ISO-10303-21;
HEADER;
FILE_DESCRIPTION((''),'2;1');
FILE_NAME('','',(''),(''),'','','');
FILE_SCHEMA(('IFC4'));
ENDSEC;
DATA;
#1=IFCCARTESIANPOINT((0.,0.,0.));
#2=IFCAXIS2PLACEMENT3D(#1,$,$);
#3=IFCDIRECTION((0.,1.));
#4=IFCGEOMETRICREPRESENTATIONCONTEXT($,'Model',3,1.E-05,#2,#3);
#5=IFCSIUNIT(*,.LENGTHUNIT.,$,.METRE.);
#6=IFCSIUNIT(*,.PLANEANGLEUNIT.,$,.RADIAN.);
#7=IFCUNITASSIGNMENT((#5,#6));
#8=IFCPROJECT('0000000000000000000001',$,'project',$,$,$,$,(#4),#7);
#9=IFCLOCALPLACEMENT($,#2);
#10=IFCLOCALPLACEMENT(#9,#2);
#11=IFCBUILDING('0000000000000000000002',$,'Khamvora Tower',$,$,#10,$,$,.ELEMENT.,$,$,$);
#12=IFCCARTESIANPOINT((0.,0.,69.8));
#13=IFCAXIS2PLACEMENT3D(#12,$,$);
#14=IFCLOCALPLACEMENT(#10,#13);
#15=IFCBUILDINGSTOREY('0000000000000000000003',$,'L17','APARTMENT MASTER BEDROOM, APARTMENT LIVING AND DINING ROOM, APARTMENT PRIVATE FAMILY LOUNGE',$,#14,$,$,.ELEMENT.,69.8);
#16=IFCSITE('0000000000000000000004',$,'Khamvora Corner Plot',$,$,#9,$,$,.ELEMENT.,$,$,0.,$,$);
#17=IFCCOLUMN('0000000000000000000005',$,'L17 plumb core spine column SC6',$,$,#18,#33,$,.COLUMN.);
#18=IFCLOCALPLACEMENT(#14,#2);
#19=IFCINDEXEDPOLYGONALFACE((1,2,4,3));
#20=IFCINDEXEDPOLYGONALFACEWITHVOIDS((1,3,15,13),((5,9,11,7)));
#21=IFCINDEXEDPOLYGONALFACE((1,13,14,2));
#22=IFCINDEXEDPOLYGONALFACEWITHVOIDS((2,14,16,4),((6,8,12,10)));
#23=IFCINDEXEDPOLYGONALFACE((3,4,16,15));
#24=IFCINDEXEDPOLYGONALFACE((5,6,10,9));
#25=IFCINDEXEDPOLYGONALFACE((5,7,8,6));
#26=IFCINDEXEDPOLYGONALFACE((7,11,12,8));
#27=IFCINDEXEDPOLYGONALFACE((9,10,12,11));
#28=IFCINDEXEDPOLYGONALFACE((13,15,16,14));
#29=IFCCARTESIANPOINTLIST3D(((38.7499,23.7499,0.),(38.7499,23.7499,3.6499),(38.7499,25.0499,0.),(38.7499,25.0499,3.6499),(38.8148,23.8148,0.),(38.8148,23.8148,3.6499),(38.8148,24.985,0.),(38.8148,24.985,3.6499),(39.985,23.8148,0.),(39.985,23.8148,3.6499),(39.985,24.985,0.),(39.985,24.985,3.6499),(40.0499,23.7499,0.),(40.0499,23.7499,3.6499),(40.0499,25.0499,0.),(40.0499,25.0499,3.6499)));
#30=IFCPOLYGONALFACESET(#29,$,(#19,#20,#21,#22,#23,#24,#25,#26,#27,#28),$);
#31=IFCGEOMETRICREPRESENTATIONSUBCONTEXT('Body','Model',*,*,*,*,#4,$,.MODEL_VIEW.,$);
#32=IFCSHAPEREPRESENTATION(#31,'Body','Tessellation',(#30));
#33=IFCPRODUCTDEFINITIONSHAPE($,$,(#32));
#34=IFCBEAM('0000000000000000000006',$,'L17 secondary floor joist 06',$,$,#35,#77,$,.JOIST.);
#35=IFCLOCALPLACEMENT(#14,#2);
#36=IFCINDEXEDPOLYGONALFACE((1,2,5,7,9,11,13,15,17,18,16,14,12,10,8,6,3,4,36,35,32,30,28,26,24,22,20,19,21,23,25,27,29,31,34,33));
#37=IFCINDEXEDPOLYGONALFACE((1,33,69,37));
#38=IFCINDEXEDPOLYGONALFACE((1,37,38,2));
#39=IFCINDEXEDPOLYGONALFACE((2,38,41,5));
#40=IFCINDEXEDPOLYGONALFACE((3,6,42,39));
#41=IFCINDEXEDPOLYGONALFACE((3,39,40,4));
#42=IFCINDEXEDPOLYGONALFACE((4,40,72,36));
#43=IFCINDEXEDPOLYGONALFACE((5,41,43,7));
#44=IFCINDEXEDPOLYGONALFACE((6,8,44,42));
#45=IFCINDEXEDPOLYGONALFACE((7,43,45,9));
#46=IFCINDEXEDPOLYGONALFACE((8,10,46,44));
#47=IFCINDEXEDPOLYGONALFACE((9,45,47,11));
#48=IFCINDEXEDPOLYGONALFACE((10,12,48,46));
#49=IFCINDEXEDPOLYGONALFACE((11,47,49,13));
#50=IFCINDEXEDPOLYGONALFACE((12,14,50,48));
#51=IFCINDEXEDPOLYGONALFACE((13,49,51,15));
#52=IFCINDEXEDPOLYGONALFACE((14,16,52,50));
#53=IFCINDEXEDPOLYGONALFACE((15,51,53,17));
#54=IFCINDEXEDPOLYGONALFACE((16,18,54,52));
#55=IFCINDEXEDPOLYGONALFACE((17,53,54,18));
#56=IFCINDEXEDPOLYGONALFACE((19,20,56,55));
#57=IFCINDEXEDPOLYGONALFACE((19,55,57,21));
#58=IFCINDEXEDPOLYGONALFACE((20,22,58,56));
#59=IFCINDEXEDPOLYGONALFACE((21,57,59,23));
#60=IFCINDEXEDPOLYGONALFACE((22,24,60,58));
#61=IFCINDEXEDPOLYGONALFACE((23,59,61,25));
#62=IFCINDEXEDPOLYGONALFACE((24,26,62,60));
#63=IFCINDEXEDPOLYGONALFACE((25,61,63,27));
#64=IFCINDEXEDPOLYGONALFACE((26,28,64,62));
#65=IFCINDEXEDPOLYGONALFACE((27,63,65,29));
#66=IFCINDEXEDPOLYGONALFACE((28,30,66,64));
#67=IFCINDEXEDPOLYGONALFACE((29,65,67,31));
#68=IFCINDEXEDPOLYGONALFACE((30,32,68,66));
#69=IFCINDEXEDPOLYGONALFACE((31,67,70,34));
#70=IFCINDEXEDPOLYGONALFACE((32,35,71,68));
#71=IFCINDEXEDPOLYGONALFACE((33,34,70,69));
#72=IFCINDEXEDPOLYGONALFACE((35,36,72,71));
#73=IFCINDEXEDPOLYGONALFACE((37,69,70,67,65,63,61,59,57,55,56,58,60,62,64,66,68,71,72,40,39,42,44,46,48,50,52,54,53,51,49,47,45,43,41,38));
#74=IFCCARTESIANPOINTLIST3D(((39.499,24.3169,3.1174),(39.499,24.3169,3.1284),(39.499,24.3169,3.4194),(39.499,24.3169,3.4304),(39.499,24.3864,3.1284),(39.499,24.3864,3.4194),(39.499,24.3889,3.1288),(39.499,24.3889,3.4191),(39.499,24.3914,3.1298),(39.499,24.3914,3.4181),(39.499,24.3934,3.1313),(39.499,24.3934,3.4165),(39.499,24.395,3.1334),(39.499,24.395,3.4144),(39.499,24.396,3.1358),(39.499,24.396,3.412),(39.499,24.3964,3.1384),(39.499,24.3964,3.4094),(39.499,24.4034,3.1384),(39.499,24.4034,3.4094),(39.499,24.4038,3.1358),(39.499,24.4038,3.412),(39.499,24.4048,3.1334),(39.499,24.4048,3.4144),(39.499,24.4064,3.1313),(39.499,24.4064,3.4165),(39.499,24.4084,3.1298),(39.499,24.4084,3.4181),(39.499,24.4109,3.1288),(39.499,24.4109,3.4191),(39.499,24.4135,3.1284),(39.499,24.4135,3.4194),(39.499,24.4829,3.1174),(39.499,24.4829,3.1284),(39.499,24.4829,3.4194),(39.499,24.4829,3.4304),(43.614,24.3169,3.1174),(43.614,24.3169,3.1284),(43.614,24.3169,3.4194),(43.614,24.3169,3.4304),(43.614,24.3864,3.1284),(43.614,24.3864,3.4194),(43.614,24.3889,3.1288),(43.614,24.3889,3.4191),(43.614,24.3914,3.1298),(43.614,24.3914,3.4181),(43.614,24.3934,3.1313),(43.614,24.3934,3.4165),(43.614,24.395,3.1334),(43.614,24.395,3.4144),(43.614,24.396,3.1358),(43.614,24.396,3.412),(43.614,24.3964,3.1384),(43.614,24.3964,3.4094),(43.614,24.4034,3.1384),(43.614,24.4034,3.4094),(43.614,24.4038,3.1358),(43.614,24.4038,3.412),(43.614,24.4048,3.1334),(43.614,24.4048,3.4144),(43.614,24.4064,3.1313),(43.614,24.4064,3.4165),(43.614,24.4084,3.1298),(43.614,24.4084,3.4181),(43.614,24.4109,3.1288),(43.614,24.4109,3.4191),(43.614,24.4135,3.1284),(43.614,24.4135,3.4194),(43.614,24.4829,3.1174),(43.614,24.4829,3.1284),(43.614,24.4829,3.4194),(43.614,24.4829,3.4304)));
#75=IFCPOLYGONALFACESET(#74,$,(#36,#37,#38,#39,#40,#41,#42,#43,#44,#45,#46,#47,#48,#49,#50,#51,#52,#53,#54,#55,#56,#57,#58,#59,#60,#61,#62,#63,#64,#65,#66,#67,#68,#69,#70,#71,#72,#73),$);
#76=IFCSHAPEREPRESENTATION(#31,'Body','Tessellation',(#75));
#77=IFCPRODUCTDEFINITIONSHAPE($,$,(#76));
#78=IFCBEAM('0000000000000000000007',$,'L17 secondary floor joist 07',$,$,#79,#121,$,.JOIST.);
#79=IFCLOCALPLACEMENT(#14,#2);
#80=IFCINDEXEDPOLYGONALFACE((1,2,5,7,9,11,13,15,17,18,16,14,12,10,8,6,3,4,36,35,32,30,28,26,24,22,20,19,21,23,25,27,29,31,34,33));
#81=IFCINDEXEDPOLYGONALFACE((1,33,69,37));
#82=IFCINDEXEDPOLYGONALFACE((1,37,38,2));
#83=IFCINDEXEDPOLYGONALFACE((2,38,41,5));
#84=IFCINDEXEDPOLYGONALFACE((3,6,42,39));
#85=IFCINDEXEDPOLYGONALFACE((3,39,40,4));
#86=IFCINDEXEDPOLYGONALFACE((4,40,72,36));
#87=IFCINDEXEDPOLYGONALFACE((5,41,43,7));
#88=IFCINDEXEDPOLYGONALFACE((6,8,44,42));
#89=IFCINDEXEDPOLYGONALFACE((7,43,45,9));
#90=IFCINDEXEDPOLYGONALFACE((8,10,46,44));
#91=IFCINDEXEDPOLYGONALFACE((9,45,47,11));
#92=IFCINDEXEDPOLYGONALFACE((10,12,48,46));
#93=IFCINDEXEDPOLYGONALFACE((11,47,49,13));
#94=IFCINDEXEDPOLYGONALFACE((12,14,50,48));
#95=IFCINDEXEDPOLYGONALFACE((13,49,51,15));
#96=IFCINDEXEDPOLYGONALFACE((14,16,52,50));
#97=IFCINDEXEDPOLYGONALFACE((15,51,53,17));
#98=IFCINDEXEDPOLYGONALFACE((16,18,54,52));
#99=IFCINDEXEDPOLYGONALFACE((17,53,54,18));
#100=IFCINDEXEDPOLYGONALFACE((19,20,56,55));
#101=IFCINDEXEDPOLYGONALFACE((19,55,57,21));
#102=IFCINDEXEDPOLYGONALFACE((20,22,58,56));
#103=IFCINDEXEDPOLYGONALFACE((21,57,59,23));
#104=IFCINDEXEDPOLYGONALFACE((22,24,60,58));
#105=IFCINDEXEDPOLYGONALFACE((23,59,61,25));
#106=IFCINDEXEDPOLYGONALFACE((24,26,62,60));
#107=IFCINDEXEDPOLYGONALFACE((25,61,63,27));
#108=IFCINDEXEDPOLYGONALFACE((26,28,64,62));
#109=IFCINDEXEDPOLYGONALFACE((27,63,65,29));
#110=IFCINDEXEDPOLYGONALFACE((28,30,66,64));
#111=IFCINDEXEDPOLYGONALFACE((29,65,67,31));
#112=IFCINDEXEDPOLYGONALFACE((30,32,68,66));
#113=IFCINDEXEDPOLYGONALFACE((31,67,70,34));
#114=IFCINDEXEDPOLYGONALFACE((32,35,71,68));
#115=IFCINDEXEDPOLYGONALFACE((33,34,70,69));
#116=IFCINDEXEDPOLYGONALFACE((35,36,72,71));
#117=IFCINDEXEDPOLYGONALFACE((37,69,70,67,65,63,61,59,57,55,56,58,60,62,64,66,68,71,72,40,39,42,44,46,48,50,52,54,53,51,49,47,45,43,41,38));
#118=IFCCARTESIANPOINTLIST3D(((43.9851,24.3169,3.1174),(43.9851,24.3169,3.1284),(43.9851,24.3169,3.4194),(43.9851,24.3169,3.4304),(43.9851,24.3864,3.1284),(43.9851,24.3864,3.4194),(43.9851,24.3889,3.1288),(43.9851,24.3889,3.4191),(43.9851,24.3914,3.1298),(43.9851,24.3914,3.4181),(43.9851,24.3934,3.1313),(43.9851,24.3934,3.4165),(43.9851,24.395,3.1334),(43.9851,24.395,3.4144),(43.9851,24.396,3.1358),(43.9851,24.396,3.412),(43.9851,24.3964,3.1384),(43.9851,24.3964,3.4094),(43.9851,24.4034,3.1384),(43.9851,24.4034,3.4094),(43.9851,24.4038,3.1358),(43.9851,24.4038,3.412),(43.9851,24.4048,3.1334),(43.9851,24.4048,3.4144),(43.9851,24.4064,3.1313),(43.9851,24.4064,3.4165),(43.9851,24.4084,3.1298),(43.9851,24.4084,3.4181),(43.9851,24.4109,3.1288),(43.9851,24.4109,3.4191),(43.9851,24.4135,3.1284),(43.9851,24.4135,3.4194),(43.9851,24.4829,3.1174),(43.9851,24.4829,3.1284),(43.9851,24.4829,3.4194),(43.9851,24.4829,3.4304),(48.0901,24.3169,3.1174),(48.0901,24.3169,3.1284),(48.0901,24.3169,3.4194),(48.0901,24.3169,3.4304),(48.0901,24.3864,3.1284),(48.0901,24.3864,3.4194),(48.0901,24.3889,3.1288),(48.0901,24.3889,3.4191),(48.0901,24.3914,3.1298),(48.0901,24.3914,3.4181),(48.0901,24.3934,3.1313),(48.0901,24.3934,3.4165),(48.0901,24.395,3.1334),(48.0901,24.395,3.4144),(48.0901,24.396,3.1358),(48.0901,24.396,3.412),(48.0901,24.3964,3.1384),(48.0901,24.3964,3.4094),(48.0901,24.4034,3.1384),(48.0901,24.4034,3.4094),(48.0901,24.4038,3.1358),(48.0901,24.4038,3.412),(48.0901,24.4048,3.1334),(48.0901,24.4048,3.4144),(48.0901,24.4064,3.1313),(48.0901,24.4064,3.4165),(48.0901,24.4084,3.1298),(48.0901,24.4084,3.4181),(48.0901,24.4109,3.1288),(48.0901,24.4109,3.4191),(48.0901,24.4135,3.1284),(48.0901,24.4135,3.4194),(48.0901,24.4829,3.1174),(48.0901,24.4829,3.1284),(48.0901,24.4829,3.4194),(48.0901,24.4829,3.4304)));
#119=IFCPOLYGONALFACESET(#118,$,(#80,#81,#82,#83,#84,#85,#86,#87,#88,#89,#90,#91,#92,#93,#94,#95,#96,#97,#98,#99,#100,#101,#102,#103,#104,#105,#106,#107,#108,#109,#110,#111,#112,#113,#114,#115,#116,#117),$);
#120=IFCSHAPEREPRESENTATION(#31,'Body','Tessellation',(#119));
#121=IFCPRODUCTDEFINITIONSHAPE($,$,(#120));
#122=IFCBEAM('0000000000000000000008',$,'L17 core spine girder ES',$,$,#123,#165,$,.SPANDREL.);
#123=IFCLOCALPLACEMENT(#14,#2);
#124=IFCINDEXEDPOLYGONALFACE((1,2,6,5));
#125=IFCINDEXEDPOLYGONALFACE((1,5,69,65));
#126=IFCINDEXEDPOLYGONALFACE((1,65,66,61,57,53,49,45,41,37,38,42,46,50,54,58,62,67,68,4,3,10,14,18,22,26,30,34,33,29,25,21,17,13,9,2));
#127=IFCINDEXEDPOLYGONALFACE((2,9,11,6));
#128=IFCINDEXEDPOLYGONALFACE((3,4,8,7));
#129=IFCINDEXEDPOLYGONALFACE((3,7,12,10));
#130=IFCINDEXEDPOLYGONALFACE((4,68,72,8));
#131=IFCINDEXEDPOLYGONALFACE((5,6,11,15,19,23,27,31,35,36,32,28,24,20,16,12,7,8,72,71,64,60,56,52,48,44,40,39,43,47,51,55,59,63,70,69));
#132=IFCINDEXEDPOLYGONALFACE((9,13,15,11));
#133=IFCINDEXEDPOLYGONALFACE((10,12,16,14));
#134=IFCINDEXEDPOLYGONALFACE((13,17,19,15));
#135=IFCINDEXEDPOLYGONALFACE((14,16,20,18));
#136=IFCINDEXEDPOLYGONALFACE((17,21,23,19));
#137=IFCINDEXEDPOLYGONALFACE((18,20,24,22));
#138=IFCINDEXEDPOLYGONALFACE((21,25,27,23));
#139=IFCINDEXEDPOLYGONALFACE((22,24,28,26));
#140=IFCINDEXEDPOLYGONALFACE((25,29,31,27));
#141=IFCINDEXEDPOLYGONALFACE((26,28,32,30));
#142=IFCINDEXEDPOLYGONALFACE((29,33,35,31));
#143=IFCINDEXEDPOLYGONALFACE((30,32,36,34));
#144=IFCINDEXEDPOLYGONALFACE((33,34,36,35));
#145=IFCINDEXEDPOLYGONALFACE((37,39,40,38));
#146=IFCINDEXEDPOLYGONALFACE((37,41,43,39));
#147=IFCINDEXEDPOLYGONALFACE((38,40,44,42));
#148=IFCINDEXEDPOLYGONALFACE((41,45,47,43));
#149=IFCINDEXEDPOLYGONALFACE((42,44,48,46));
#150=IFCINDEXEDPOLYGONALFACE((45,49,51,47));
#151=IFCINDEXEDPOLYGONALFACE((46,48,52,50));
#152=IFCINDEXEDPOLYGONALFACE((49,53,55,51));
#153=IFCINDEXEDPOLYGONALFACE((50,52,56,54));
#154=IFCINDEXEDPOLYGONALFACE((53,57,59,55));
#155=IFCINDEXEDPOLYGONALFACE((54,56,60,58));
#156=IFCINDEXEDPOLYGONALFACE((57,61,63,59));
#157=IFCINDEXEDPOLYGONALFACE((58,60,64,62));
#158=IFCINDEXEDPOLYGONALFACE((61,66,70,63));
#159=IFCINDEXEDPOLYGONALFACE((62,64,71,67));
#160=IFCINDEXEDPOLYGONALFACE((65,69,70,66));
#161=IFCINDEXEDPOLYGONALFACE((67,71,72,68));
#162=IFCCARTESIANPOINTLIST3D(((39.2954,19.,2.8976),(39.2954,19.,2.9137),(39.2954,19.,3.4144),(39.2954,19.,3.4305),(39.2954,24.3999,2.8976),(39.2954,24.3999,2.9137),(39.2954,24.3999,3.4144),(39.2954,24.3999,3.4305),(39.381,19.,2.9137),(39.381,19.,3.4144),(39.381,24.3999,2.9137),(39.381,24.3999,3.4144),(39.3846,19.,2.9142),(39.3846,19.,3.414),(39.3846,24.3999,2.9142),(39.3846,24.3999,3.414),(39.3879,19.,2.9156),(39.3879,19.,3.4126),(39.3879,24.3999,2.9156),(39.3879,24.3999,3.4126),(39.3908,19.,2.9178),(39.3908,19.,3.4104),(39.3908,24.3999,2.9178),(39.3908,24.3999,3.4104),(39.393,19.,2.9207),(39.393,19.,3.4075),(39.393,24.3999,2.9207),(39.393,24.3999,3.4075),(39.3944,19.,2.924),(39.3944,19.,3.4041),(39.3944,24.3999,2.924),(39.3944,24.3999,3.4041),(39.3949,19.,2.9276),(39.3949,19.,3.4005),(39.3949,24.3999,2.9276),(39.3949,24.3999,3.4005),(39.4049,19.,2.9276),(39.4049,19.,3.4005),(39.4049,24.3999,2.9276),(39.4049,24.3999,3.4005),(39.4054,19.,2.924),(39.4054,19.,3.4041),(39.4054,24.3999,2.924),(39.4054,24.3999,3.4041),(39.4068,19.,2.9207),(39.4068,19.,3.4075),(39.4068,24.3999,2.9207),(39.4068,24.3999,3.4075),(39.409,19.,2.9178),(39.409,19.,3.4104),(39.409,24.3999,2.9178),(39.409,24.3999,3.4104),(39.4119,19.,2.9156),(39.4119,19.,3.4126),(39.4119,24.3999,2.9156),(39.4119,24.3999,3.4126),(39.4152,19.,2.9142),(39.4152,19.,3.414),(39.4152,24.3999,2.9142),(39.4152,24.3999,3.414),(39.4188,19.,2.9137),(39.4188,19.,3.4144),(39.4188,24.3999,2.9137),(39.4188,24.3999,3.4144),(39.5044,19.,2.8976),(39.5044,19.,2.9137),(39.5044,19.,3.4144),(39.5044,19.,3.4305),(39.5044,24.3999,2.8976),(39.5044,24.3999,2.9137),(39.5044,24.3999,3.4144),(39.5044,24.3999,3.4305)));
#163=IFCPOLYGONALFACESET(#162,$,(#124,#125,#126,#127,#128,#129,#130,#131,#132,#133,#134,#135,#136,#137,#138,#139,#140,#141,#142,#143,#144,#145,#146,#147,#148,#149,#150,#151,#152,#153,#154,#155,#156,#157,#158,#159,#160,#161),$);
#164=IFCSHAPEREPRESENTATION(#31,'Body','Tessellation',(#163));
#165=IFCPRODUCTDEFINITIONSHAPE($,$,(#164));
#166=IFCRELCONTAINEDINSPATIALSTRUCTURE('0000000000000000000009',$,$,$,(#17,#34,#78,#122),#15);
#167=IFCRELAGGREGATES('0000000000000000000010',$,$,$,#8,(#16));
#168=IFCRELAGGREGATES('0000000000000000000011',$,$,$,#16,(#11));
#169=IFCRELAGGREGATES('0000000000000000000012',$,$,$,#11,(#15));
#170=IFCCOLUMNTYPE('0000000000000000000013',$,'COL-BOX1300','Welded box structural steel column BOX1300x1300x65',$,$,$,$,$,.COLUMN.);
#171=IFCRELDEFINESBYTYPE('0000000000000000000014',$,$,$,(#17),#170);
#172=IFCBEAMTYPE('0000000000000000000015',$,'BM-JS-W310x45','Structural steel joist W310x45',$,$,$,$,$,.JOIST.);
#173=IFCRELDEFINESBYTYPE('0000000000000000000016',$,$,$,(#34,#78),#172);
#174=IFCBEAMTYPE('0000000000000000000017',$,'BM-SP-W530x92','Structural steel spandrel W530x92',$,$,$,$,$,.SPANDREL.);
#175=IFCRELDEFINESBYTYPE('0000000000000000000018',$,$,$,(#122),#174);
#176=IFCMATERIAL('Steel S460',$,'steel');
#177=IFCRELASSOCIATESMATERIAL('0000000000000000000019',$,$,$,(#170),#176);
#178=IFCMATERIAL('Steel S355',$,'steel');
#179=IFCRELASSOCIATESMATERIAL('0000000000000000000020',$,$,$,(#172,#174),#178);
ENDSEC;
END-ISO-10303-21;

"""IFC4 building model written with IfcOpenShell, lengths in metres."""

from ifc_helpers import new_model, si_unit, direction, frame, origin, origin_2d, place, context, subcontext, project, spatial, hollow_rectangle, i_section, extrude, material, material_profile, profile_set, type_object, element, save


model = new_model("IFC4")

# Units and contexts
model_context = context("Model", 3, precision=1e-05, world=origin(), true_north=direction((0.0, 1.0)))
body_context = subcontext(model_context, "Body", "Model", "MODEL_VIEW")
ifc_project = project(units=[si_unit("LENGTHUNIT", "METRE"), si_unit("PLANEANGLEUNIT", "RADIAN")], contexts=[model_context])

# Site, building, storey
site_placement = place(None, origin())
site = spatial("IfcSite", under=ifc_project, at=site_placement, Name="Khamvora Corner Plot", CompositionType="ELEMENT", RefElevation=0.0)
building_placement = place(site_placement, origin())
building = spatial("IfcBuilding", under=site, at=building_placement, Name="Khamvora Tower", CompositionType="ELEMENT")
storey_placement = place(building_placement, frame((0.0, 0.0, 69.8)))
storey = spatial("IfcBuildingStorey", under=building, at=storey_placement, Name="L17", Description="APARTMENT MASTER BEDROOM, APARTMENT LIVING AND DINING ROOM, APARTMENT PRIVATE FAMILY LOUNGE", CompositionType="ELEMENT", Elevation=69.8)

# Column
ifc_material_1 = material(Name="Steel S460", Category="steel")
ifc_material_profile_1 = material_profile(ifc_material_1, hollow_rectangle(XDim=1.3, YDim=1.3, WallThickness=0.0649, at=origin_2d()), Name="BOX1300x1300x65")
ifc_profile_set_1 = profile_set([ifc_material_profile_1], Name="Steel S460")
column_type = type_object("IfcColumnType", Name="COL-BOX1300", Description="Welded box structural steel column BOX1300x1300x65", PredefinedType="COLUMN", material=ifc_profile_set_1)
column_placement = place(storey_placement, frame((39.3999, 24.3999, 0.0), z_axis=(0.0, 0.0, 1.0), x_axis=(1.0, 0.0, 0.0)))
element("IfcColumn", 1, at=column_placement, inside=storey, type_object=column_type, Name="L17 plumb core spine column SC6", PredefinedType="COLUMN", context=body_context, shape_type="SweptSolid", body=[
    extrude(hollow_rectangle(XDim=1.3, YDim=1.3, WallThickness=0.0649, at=origin_2d()), origin(), (0.0, 0.0, 1.0), 3.6499),
])

# Beams
ifc_material_2 = material(Name="Steel S355", Category="steel")
ifc_material_profile_2 = material_profile(ifc_material_2, i_section(OverallWidth=0.166, OverallDepth=0.313, WebThickness=0.0071, FlangeThickness=0.011, FilletRadius=0.01, at=origin_2d()), Name="W310x45")
ifc_profile_set_2 = profile_set([ifc_material_profile_2], Name="Steel S355")
beam_type_1 = type_object("IfcBeamType", Name="BM-JS-W310x45", Description="Structural steel joist W310x45", PredefinedType="JOIST", material=ifc_profile_set_2)
beam_1_placement = place(storey_placement, frame((39.499, 24.3999, 3.2739), z_axis=(1.0, 0.0, 0.0), x_axis=(0.0, 1.0, 0.0)))
element("IfcBeam", 2, at=beam_1_placement, inside=storey, type_object=beam_type_1, Name="L17 secondary floor joist 06", PredefinedType="JOIST", context=body_context, shape_type="SweptSolid", body=[
    extrude(i_section(OverallWidth=0.166, OverallDepth=0.313, WebThickness=0.0071, FlangeThickness=0.011, FilletRadius=0.01, at=origin_2d()), origin(), (0.0, 0.0, 1.0), 4.115),
])
beam_2_placement = place(storey_placement, frame((43.9851, 24.3999, 3.2739), z_axis=(1.0, 0.0, 0.0), x_axis=(0.0, 1.0, 0.0)))
element("IfcBeam", 3, at=beam_2_placement, inside=storey, type_object=beam_type_1, Name="L17 secondary floor joist 07", PredefinedType="JOIST", context=body_context, shape_type="SweptSolid", body=[
    extrude(i_section(OverallWidth=0.166, OverallDepth=0.313, WebThickness=0.0071, FlangeThickness=0.011, FilletRadius=0.01, at=origin_2d()), origin(), (0.0, 0.0, 1.0), 4.105),
])
ifc_material_profile_3 = material_profile(ifc_material_2, i_section(OverallWidth=0.209, OverallDepth=0.533, WebThickness=0.01, FlangeThickness=0.0161, FilletRadius=0.0139, at=origin_2d()), Name="W530x92")
ifc_profile_set_3 = profile_set([ifc_material_profile_3], Name="Steel S355")
beam_type_2 = type_object("IfcBeamType", Name="BM-SP-W530x92", Description="Structural steel spandrel W530x92", PredefinedType="SPANDREL", material=ifc_profile_set_3)
beam_3_placement = place(storey_placement, frame((39.3999, 19.0, 3.1641), z_axis=(0.0, 1.0, 0.0), x_axis=(-1.0, 0.0, 0.0)))
element("IfcBeam", 4, at=beam_3_placement, inside=storey, type_object=beam_type_2, Name="L17 core spine girder ES", PredefinedType="SPANDREL", context=body_context, shape_type="SweptSolid", body=[
    extrude(i_section(OverallWidth=0.209, OverallDepth=0.533, WebThickness=0.01, FlangeThickness=0.0161, FilletRadius=0.0139, at=origin_2d()), origin(), (0.0, 0.0, 1.0), 5.3999),
])

save(model, "model.ifc")
